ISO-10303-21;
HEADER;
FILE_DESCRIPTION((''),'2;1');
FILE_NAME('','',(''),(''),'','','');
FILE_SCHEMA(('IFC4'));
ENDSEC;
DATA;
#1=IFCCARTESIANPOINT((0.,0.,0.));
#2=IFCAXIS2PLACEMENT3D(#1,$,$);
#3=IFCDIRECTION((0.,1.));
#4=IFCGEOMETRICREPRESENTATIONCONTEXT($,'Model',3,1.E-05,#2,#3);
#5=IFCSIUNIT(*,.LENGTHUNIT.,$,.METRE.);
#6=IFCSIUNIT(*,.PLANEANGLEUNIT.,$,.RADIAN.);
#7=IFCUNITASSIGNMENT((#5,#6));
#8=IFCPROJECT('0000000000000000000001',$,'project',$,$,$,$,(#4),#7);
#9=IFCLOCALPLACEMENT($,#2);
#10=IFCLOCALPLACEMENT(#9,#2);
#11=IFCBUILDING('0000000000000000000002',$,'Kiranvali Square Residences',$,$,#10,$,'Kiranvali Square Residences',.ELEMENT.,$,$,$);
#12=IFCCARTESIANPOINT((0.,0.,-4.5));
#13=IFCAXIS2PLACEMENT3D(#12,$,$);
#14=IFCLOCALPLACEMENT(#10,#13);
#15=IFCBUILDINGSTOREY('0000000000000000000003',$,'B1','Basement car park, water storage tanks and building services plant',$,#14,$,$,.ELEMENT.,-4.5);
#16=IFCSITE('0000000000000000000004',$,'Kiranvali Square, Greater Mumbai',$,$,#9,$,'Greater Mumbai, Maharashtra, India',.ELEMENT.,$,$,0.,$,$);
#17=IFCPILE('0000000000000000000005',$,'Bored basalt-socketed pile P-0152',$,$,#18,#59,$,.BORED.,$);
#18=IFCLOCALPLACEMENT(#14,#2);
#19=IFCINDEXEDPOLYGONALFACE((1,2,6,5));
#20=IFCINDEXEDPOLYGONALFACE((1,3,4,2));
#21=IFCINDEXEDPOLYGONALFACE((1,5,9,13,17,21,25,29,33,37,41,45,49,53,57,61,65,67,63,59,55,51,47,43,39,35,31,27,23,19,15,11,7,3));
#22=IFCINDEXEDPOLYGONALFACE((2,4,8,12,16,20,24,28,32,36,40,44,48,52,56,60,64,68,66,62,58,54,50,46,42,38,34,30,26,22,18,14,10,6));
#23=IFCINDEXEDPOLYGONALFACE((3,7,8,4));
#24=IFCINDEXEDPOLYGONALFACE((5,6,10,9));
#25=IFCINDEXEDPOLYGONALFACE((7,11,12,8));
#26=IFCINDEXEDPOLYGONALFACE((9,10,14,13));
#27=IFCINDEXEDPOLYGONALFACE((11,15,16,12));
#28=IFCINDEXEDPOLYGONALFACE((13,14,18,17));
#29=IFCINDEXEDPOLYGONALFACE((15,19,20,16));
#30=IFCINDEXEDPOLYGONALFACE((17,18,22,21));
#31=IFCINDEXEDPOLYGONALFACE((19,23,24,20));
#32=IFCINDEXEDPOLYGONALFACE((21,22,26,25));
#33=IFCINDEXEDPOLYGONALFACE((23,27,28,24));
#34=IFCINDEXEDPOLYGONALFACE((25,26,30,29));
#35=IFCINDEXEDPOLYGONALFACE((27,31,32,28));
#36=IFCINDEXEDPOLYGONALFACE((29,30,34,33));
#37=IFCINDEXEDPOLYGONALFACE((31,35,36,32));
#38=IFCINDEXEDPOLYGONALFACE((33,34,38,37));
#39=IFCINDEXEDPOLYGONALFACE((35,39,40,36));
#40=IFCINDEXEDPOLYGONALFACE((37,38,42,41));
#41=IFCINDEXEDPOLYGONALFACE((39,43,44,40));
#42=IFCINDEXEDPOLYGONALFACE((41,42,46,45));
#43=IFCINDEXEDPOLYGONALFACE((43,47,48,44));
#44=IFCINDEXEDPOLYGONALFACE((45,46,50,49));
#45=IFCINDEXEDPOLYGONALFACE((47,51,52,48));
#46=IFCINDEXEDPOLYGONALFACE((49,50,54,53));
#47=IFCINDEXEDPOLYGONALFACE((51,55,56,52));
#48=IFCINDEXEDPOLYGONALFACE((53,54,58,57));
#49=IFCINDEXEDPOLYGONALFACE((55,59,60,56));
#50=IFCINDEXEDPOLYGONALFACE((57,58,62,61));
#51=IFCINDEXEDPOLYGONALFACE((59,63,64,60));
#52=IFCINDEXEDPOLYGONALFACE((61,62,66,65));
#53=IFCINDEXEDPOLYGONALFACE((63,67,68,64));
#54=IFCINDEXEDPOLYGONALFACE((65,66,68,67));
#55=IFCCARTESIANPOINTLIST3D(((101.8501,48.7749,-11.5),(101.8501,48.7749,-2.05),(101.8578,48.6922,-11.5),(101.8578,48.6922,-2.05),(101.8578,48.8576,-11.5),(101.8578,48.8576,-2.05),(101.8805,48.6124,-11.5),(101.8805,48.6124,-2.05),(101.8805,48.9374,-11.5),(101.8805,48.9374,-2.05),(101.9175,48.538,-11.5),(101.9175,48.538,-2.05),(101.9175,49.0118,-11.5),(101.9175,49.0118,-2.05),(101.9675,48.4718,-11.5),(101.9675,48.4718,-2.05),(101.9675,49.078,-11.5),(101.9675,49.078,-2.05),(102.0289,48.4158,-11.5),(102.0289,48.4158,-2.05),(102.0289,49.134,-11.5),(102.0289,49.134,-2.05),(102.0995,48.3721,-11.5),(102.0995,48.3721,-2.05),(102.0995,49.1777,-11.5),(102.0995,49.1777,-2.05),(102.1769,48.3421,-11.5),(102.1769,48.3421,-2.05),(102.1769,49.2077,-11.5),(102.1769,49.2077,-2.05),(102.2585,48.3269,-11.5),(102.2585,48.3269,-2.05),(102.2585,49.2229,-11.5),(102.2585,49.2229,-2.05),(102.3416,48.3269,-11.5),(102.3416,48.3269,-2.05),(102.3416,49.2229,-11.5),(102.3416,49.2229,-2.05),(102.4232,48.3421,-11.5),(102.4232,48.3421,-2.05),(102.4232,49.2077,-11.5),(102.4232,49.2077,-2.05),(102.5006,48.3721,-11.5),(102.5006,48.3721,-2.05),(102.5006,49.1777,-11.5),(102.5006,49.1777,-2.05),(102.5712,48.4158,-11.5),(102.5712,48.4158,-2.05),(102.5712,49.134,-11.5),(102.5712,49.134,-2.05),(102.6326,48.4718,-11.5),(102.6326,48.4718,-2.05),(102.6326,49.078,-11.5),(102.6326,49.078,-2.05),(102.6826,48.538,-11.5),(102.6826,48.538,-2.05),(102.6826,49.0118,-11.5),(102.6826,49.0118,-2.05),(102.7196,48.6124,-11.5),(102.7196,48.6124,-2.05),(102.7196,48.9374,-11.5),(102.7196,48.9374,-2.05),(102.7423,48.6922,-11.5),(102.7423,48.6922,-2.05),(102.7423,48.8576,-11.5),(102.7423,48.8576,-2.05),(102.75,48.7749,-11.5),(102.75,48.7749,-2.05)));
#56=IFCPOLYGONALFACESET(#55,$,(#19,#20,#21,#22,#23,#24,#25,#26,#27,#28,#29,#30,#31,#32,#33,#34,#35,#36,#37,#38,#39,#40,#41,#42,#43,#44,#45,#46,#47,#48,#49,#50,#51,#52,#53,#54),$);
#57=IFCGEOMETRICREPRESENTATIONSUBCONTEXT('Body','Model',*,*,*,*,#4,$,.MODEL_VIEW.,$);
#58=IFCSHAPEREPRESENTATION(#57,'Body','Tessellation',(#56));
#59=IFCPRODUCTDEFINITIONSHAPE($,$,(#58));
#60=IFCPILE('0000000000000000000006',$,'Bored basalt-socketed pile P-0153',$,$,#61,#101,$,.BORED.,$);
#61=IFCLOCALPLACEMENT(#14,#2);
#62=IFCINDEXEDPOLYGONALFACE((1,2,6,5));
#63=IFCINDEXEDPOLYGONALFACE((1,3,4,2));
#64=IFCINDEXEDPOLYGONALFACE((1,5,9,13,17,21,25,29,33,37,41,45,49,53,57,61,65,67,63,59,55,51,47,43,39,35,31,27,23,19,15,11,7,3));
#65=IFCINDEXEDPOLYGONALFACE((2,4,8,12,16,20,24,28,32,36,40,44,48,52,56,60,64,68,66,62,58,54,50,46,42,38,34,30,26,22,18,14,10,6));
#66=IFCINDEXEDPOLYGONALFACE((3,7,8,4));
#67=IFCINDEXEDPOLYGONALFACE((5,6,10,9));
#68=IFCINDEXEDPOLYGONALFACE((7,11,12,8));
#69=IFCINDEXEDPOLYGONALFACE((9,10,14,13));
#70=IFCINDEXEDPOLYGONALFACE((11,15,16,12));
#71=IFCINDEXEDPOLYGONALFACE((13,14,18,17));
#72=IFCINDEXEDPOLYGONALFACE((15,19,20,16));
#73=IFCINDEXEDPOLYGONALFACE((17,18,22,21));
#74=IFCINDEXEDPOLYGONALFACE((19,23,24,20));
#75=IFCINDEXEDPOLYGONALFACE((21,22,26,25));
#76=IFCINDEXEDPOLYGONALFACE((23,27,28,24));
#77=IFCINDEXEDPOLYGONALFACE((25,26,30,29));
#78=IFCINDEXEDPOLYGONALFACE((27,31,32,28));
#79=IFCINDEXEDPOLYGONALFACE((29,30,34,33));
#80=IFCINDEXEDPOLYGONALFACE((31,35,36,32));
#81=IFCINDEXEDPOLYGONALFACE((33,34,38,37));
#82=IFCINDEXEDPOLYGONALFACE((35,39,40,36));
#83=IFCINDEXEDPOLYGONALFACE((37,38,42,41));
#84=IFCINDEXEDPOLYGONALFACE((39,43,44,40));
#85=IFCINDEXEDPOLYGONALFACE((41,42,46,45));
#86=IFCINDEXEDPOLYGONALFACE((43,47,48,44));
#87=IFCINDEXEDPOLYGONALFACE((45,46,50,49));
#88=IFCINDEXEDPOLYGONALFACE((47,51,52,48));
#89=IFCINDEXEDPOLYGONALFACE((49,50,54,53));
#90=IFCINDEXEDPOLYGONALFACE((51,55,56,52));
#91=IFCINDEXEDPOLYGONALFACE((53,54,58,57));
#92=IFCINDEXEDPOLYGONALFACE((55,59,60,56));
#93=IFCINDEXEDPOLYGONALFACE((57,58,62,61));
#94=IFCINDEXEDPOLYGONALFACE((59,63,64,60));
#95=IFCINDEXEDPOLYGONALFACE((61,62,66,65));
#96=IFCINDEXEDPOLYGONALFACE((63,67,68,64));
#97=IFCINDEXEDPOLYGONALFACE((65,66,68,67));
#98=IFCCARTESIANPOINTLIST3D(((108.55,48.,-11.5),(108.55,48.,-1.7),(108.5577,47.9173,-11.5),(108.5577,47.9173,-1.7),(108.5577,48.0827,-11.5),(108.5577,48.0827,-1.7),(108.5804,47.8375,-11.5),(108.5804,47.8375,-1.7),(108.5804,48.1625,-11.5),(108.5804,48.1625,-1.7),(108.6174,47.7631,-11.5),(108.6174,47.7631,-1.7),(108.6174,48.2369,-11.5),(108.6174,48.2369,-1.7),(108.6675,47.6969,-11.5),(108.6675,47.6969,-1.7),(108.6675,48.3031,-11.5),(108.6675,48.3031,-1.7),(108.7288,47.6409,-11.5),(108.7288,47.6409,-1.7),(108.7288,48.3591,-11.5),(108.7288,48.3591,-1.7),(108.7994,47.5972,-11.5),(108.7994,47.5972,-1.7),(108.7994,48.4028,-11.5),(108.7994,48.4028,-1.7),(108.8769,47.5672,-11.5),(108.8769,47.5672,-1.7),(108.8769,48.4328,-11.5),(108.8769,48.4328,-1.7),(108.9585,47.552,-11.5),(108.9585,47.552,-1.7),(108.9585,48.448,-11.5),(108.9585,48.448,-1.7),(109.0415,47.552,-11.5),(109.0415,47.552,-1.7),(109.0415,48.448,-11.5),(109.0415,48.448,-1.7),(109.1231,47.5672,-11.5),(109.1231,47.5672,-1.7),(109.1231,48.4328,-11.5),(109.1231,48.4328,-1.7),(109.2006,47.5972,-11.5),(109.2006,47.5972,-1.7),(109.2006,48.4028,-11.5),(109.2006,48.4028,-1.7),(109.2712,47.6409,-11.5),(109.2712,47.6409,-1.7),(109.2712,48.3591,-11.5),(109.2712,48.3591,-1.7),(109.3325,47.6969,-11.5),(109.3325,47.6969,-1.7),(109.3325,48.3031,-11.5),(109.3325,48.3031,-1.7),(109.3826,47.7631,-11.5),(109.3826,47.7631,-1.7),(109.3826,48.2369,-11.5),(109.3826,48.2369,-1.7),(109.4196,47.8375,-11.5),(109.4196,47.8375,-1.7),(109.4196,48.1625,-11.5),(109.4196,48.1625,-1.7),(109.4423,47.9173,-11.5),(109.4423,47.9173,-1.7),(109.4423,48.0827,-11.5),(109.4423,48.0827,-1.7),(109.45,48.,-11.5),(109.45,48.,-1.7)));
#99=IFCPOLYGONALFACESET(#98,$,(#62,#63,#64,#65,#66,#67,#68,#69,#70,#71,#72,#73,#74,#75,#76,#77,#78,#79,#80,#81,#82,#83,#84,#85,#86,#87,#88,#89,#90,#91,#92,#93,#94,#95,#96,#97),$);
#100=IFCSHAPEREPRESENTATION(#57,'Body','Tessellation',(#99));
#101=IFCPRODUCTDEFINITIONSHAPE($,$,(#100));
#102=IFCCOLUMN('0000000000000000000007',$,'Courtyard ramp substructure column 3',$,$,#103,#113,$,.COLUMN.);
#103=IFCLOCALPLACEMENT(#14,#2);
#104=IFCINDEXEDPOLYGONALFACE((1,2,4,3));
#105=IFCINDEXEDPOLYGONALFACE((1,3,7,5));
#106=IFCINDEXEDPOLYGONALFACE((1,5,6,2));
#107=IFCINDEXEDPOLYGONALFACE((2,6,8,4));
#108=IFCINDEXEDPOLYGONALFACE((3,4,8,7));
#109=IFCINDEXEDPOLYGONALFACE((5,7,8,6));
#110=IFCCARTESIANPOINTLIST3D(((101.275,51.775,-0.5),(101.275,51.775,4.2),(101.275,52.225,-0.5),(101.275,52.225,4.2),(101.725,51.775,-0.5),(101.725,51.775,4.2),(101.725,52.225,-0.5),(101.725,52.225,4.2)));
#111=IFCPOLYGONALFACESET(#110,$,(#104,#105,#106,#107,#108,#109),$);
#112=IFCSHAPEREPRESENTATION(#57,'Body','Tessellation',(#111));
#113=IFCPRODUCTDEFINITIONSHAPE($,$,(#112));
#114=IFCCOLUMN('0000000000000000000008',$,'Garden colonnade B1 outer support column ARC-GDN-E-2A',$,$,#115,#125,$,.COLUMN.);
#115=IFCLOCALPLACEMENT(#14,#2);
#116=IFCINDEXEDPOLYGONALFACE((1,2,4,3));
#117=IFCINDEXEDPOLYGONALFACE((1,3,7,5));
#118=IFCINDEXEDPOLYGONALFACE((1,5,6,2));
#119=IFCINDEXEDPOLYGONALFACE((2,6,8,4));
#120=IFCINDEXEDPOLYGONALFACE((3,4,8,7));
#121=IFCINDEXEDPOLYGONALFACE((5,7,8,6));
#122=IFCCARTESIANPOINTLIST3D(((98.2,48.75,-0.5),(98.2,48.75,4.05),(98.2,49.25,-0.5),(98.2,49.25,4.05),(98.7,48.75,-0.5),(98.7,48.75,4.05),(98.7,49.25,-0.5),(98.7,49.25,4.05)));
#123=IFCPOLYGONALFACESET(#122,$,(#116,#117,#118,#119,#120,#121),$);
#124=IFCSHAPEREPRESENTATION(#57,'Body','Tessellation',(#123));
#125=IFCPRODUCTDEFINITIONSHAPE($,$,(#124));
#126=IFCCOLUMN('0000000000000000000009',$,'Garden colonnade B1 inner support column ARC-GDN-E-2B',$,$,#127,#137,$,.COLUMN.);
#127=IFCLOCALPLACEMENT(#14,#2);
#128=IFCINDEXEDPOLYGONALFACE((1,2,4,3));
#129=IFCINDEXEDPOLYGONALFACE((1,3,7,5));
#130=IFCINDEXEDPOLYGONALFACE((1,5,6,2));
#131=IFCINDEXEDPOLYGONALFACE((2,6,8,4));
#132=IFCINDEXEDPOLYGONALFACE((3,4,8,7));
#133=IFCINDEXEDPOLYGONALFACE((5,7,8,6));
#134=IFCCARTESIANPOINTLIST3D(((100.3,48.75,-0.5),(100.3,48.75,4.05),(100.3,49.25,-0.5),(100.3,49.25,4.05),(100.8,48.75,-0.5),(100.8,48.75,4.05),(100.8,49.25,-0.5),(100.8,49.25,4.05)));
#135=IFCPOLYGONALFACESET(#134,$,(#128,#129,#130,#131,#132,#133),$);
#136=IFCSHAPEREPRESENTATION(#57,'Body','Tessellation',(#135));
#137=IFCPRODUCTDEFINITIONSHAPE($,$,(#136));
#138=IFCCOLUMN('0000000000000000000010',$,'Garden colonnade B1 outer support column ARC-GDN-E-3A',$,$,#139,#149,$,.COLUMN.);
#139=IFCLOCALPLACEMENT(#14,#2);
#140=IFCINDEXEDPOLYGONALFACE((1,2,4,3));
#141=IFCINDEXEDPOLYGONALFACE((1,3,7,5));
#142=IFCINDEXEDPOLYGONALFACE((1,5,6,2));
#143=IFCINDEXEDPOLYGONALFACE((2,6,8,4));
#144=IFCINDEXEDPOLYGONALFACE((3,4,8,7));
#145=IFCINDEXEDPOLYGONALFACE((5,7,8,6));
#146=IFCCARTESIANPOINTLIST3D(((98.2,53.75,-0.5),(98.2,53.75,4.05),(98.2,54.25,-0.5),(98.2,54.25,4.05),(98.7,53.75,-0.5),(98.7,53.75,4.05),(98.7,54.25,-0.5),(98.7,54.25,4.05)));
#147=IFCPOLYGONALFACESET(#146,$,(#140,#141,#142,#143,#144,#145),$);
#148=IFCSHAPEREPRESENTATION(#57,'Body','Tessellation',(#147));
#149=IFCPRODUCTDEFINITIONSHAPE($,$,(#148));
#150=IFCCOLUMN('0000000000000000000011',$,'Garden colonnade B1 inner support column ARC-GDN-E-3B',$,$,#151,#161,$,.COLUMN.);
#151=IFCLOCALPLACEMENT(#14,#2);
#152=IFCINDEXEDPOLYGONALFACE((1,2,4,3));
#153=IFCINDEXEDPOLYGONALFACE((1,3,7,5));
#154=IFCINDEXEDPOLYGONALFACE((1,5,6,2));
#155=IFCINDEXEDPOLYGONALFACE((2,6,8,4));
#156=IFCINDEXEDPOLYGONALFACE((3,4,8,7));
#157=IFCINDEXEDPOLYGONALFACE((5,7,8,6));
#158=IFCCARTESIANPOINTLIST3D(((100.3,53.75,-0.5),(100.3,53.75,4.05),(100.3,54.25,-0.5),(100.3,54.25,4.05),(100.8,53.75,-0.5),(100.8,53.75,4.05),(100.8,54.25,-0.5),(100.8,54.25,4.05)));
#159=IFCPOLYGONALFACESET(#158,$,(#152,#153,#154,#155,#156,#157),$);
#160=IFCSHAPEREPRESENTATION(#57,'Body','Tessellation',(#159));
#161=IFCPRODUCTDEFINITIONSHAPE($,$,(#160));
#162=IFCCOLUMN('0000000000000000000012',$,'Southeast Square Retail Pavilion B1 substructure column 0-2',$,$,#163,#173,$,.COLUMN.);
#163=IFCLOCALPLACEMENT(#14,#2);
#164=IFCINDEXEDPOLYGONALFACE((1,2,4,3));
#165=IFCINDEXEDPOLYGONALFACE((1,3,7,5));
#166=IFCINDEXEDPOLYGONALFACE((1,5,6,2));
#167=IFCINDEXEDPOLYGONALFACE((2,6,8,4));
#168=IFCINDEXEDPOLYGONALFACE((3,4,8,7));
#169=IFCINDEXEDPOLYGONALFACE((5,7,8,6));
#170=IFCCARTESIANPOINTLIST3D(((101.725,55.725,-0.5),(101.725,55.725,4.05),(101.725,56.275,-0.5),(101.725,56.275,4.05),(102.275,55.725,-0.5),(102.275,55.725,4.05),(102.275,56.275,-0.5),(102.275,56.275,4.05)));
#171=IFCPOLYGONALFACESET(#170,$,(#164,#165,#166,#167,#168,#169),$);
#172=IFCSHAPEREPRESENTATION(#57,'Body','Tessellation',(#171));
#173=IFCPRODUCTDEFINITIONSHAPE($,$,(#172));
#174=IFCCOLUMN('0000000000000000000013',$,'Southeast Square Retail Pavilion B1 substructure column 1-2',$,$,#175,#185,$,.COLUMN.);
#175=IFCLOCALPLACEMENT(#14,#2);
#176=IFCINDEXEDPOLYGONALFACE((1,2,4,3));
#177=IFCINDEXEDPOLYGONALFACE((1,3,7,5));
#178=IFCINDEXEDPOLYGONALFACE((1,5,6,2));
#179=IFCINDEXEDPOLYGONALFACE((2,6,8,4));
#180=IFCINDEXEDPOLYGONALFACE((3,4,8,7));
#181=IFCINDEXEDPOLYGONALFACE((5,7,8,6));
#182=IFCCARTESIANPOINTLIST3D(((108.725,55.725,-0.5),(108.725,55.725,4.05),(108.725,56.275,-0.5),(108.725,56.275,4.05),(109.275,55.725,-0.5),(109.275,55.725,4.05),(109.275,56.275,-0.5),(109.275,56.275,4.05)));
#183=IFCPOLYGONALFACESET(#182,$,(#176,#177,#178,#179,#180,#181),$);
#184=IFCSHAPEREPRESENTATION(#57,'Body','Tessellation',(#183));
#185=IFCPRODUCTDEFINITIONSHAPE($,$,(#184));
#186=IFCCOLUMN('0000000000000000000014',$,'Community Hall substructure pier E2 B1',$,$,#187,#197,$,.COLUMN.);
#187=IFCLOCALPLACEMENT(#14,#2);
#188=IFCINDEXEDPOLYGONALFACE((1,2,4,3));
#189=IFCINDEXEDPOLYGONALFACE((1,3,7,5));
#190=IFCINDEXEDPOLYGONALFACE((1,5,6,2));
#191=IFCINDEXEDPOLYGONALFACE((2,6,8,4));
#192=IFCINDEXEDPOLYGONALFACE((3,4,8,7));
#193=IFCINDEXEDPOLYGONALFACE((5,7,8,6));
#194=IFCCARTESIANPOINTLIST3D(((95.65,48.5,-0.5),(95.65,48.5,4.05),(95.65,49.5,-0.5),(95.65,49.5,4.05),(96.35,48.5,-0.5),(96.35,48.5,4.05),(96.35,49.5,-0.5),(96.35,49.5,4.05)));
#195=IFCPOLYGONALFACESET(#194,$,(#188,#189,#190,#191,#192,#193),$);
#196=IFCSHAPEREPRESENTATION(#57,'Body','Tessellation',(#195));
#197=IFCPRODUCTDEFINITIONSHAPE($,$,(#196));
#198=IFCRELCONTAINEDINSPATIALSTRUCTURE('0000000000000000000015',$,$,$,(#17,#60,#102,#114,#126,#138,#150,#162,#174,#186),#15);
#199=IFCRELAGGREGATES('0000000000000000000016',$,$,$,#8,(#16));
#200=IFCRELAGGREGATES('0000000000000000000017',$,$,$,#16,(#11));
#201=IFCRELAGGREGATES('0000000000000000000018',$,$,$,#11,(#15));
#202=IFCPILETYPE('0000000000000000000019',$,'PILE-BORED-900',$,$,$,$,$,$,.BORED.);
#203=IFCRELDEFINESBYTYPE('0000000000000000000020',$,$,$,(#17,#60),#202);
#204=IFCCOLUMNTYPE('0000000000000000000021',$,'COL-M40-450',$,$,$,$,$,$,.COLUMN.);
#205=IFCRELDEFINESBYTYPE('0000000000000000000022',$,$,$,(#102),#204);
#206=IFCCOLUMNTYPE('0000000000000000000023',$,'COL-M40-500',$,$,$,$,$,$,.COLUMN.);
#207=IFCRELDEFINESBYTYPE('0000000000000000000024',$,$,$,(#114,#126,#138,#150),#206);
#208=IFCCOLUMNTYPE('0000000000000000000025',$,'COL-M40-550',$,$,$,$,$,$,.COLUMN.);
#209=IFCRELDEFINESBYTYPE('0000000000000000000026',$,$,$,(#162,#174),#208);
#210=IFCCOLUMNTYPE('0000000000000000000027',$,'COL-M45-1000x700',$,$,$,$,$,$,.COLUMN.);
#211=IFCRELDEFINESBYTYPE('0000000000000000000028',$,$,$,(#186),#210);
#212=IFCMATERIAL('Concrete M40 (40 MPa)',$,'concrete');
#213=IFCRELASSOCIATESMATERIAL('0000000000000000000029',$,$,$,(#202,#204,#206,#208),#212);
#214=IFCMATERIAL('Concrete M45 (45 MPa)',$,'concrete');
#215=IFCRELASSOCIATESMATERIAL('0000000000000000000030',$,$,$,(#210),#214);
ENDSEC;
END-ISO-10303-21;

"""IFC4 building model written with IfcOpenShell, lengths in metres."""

from ifc_helpers import new_model, si_unit, direction, frame, origin, origin_2d, place, context, subcontext, project, spatial, rectangle, circle, extrude, material, material_profile, profile_set, type_object, element, save


model = new_model("IFC4")

# Units and contexts
model_context = context("Model", 3, precision=1e-05, world=origin(), true_north=direction((0.0, 1.0)))
body_context = subcontext(model_context, "Body", "Model", "MODEL_VIEW")
ifc_project = project(units=[si_unit("LENGTHUNIT", "METRE"), si_unit("PLANEANGLEUNIT", "RADIAN")], contexts=[model_context])

# Site, building, storey
site_placement = place(None, origin())
site = spatial("IfcSite", under=ifc_project, at=site_placement, Name="Kiranvali Square, Greater Mumbai", LongName="Greater Mumbai, Maharashtra, India", CompositionType="ELEMENT", RefElevation=0.0)
building_placement = place(site_placement, origin())
building = spatial("IfcBuilding", under=site, at=building_placement, Name="Kiranvali Square Residences", LongName="Kiranvali Square Residences", CompositionType="ELEMENT")
storey_placement = place(building_placement, frame((0.0, 0.0, -4.5)))
storey = spatial("IfcBuildingStorey", under=building, at=storey_placement, Name="B1", Description="Basement car park, water storage tanks and building services plant", CompositionType="ELEMENT", Elevation=-4.5)

# Shared definitions
ifc_material_1 = material(Name="Concrete M40 (40 MPa)", Category="concrete")

# Piles
ifc_material_profile_1 = material_profile(ifc_material_1, circle(Radius=0.45, at=origin_2d()), Name="BORED PILE 900")
ifc_profile_set_1 = profile_set([ifc_material_profile_1], Name="Concrete M40 (40 MPa)")
pile_type_1 = type_object("IfcPileType", Name="PILE-BORED-900", PredefinedType="BORED", material=ifc_profile_set_1)
for number, where, z_axis, x_axis, name in (
    (1, (102.3, 48.7749, -2.05), (0.0, 0.0, -1.0), (1.0, 0.0, 0.0), "Bored basalt-socketed pile P-0152"),
):
    element("IfcPile", number, at=place(storey_placement, frame(where, z_axis=z_axis, x_axis=x_axis)), inside=storey, type_object=pile_type_1, Name=name, PredefinedType="BORED", context=body_context, shape_type="SweptSolid", body=[
        extrude(circle(Radius=0.45, at=origin_2d()), origin(), (0.0, 0.0, 1.0), 9.45),
    ])
pile_1_placement = place(storey_placement, frame((109.0, 48.0, -1.7), z_axis=(0.0, 0.0, -1.0), x_axis=(1.0, 0.0, 0.0)))
element("IfcPile", 2, at=pile_1_placement, inside=storey, type_object=pile_type_1, Name="Bored basalt-socketed pile P-0153", PredefinedType="BORED", context=body_context, shape_type="SweptSolid", body=[
    extrude(circle(Radius=0.45, at=origin_2d()), origin(), (0.0, 0.0, 1.0), 9.8),
])

# Columns
ifc_material_profile_2 = material_profile(ifc_material_1, rectangle(XDim=0.45, YDim=0.45, at=origin_2d()), Name="RC 450x450")
ifc_profile_set_2 = profile_set([ifc_material_profile_2], Name="Concrete M40 (40 MPa)")
column_type_1 = type_object("IfcColumnType", Name="COL-M40-450", PredefinedType="COLUMN", material=ifc_profile_set_2)
column_placement = place(storey_placement, frame((101.5, 52.0, -0.5), z_axis=(0.0, 0.0, 1.0), x_axis=(1.0, 0.0, 0.0)))
element("IfcColumn", 3, at=column_placement, inside=storey, type_object=column_type_1, Name="Courtyard ramp substructure column 3", PredefinedType="COLUMN", context=body_context, shape_type="SweptSolid", body=[
    extrude(rectangle(XDim=0.45, YDim=0.45, at=origin_2d()), origin(), (0.0, 0.0, 1.0), 4.7),
])
ifc_material_profile_3 = material_profile(ifc_material_1, rectangle(XDim=0.5, YDim=0.5, at=origin_2d()), Name="RC 500x500")
ifc_profile_set_3 = profile_set([ifc_material_profile_3], Name="Concrete M40 (40 MPa)")
column_type_2 = type_object("IfcColumnType", Name="COL-M40-500", PredefinedType="COLUMN", material=ifc_profile_set_3)
for number, where, z_axis, x_axis, name in (
    (4, (98.45, 49.0, -0.5), (0.0, 0.0, 1.0), (1.0, 0.0, 0.0), "Garden colonnade B1 outer support column ARC-GDN-E-2A"),
    (5, (100.55, 49.0, -0.5), (0.0, 0.0, 1.0), (1.0, 0.0, 0.0), "Garden colonnade B1 inner support column ARC-GDN-E-2B"),
    (6, (98.45, 54.0, -0.5), (0.0, 0.0, 1.0), (1.0, 0.0, 0.0), "Garden colonnade B1 outer support column ARC-GDN-E-3A"),
    (7, (100.55, 54.0, -0.5), (0.0, 0.0, 1.0), (1.0, 0.0, 0.0), "Garden colonnade B1 inner support column ARC-GDN-E-3B"),
):
    element("IfcColumn", number, at=place(storey_placement, frame(where, z_axis=z_axis, x_axis=x_axis)), inside=storey, type_object=column_type_2, Name=name, PredefinedType="COLUMN", context=body_context, shape_type="SweptSolid", body=[
        extrude(rectangle(XDim=0.5, YDim=0.5, at=origin_2d()), origin(), (0.0, 0.0, 1.0), 4.55),
    ])
ifc_material_profile_4 = material_profile(ifc_material_1, rectangle(XDim=0.55, YDim=0.55, at=origin_2d()), Name="RC 550x550")
ifc_profile_set_4 = profile_set([ifc_material_profile_4], Name="Concrete M40 (40 MPa)")
column_type_3 = type_object("IfcColumnType", Name="COL-M40-550", PredefinedType="COLUMN", material=ifc_profile_set_4)
for number, where, z_axis, x_axis, name in (
    (8, (102.0, 56.0, -0.5), (0.0, 0.0, 1.0), (1.0, 0.0, 0.0), "Southeast Square Retail Pavilion B1 substructure column 0-2"),
    (9, (109.0, 56.0, -0.5), (0.0, 0.0, 1.0), (1.0, 0.0, 0.0), "Southeast Square Retail Pavilion B1 substructure column 1-2"),
):
    element("IfcColumn", number, at=place(storey_placement, frame(where, z_axis=z_axis, x_axis=x_axis)), inside=storey, type_object=column_type_3, Name=name, PredefinedType="COLUMN", context=body_context, shape_type="SweptSolid", body=[
        extrude(rectangle(XDim=0.55, YDim=0.55, at=origin_2d()), origin(), (0.0, 0.0, 1.0), 4.55),
    ])
ifc_material_2 = material(Name="Concrete M45 (45 MPa)", Category="concrete")
ifc_material_profile_5 = material_profile(ifc_material_2, rectangle(XDim=0.7, YDim=1.0, at=origin_2d()), Name="RC 1000x700")
ifc_profile_set_5 = profile_set([ifc_material_profile_5], Name="Concrete M45 (45 MPa)")
column_type_4 = type_object("IfcColumnType", Name="COL-M45-1000x700", PredefinedType="COLUMN", material=ifc_profile_set_5)
for number, where, z_axis, x_axis, name in (
    (10, (96.0, 49.0, -0.5), (0.0, 0.0, 1.0), (1.0, 0.0, 0.0), "Community Hall substructure pier E2 B1"),
):
    element("IfcColumn", number, at=place(storey_placement, frame(where, z_axis=z_axis, x_axis=x_axis)), inside=storey, type_object=column_type_4, Name=name, PredefinedType="COLUMN", context=body_context, shape_type="SweptSolid", body=[
        extrude(rectangle(XDim=0.7, YDim=1.0, at=origin_2d()), origin(), (0.0, 0.0, 1.0), 4.55),
    ])

save(model, "model.ifc")
